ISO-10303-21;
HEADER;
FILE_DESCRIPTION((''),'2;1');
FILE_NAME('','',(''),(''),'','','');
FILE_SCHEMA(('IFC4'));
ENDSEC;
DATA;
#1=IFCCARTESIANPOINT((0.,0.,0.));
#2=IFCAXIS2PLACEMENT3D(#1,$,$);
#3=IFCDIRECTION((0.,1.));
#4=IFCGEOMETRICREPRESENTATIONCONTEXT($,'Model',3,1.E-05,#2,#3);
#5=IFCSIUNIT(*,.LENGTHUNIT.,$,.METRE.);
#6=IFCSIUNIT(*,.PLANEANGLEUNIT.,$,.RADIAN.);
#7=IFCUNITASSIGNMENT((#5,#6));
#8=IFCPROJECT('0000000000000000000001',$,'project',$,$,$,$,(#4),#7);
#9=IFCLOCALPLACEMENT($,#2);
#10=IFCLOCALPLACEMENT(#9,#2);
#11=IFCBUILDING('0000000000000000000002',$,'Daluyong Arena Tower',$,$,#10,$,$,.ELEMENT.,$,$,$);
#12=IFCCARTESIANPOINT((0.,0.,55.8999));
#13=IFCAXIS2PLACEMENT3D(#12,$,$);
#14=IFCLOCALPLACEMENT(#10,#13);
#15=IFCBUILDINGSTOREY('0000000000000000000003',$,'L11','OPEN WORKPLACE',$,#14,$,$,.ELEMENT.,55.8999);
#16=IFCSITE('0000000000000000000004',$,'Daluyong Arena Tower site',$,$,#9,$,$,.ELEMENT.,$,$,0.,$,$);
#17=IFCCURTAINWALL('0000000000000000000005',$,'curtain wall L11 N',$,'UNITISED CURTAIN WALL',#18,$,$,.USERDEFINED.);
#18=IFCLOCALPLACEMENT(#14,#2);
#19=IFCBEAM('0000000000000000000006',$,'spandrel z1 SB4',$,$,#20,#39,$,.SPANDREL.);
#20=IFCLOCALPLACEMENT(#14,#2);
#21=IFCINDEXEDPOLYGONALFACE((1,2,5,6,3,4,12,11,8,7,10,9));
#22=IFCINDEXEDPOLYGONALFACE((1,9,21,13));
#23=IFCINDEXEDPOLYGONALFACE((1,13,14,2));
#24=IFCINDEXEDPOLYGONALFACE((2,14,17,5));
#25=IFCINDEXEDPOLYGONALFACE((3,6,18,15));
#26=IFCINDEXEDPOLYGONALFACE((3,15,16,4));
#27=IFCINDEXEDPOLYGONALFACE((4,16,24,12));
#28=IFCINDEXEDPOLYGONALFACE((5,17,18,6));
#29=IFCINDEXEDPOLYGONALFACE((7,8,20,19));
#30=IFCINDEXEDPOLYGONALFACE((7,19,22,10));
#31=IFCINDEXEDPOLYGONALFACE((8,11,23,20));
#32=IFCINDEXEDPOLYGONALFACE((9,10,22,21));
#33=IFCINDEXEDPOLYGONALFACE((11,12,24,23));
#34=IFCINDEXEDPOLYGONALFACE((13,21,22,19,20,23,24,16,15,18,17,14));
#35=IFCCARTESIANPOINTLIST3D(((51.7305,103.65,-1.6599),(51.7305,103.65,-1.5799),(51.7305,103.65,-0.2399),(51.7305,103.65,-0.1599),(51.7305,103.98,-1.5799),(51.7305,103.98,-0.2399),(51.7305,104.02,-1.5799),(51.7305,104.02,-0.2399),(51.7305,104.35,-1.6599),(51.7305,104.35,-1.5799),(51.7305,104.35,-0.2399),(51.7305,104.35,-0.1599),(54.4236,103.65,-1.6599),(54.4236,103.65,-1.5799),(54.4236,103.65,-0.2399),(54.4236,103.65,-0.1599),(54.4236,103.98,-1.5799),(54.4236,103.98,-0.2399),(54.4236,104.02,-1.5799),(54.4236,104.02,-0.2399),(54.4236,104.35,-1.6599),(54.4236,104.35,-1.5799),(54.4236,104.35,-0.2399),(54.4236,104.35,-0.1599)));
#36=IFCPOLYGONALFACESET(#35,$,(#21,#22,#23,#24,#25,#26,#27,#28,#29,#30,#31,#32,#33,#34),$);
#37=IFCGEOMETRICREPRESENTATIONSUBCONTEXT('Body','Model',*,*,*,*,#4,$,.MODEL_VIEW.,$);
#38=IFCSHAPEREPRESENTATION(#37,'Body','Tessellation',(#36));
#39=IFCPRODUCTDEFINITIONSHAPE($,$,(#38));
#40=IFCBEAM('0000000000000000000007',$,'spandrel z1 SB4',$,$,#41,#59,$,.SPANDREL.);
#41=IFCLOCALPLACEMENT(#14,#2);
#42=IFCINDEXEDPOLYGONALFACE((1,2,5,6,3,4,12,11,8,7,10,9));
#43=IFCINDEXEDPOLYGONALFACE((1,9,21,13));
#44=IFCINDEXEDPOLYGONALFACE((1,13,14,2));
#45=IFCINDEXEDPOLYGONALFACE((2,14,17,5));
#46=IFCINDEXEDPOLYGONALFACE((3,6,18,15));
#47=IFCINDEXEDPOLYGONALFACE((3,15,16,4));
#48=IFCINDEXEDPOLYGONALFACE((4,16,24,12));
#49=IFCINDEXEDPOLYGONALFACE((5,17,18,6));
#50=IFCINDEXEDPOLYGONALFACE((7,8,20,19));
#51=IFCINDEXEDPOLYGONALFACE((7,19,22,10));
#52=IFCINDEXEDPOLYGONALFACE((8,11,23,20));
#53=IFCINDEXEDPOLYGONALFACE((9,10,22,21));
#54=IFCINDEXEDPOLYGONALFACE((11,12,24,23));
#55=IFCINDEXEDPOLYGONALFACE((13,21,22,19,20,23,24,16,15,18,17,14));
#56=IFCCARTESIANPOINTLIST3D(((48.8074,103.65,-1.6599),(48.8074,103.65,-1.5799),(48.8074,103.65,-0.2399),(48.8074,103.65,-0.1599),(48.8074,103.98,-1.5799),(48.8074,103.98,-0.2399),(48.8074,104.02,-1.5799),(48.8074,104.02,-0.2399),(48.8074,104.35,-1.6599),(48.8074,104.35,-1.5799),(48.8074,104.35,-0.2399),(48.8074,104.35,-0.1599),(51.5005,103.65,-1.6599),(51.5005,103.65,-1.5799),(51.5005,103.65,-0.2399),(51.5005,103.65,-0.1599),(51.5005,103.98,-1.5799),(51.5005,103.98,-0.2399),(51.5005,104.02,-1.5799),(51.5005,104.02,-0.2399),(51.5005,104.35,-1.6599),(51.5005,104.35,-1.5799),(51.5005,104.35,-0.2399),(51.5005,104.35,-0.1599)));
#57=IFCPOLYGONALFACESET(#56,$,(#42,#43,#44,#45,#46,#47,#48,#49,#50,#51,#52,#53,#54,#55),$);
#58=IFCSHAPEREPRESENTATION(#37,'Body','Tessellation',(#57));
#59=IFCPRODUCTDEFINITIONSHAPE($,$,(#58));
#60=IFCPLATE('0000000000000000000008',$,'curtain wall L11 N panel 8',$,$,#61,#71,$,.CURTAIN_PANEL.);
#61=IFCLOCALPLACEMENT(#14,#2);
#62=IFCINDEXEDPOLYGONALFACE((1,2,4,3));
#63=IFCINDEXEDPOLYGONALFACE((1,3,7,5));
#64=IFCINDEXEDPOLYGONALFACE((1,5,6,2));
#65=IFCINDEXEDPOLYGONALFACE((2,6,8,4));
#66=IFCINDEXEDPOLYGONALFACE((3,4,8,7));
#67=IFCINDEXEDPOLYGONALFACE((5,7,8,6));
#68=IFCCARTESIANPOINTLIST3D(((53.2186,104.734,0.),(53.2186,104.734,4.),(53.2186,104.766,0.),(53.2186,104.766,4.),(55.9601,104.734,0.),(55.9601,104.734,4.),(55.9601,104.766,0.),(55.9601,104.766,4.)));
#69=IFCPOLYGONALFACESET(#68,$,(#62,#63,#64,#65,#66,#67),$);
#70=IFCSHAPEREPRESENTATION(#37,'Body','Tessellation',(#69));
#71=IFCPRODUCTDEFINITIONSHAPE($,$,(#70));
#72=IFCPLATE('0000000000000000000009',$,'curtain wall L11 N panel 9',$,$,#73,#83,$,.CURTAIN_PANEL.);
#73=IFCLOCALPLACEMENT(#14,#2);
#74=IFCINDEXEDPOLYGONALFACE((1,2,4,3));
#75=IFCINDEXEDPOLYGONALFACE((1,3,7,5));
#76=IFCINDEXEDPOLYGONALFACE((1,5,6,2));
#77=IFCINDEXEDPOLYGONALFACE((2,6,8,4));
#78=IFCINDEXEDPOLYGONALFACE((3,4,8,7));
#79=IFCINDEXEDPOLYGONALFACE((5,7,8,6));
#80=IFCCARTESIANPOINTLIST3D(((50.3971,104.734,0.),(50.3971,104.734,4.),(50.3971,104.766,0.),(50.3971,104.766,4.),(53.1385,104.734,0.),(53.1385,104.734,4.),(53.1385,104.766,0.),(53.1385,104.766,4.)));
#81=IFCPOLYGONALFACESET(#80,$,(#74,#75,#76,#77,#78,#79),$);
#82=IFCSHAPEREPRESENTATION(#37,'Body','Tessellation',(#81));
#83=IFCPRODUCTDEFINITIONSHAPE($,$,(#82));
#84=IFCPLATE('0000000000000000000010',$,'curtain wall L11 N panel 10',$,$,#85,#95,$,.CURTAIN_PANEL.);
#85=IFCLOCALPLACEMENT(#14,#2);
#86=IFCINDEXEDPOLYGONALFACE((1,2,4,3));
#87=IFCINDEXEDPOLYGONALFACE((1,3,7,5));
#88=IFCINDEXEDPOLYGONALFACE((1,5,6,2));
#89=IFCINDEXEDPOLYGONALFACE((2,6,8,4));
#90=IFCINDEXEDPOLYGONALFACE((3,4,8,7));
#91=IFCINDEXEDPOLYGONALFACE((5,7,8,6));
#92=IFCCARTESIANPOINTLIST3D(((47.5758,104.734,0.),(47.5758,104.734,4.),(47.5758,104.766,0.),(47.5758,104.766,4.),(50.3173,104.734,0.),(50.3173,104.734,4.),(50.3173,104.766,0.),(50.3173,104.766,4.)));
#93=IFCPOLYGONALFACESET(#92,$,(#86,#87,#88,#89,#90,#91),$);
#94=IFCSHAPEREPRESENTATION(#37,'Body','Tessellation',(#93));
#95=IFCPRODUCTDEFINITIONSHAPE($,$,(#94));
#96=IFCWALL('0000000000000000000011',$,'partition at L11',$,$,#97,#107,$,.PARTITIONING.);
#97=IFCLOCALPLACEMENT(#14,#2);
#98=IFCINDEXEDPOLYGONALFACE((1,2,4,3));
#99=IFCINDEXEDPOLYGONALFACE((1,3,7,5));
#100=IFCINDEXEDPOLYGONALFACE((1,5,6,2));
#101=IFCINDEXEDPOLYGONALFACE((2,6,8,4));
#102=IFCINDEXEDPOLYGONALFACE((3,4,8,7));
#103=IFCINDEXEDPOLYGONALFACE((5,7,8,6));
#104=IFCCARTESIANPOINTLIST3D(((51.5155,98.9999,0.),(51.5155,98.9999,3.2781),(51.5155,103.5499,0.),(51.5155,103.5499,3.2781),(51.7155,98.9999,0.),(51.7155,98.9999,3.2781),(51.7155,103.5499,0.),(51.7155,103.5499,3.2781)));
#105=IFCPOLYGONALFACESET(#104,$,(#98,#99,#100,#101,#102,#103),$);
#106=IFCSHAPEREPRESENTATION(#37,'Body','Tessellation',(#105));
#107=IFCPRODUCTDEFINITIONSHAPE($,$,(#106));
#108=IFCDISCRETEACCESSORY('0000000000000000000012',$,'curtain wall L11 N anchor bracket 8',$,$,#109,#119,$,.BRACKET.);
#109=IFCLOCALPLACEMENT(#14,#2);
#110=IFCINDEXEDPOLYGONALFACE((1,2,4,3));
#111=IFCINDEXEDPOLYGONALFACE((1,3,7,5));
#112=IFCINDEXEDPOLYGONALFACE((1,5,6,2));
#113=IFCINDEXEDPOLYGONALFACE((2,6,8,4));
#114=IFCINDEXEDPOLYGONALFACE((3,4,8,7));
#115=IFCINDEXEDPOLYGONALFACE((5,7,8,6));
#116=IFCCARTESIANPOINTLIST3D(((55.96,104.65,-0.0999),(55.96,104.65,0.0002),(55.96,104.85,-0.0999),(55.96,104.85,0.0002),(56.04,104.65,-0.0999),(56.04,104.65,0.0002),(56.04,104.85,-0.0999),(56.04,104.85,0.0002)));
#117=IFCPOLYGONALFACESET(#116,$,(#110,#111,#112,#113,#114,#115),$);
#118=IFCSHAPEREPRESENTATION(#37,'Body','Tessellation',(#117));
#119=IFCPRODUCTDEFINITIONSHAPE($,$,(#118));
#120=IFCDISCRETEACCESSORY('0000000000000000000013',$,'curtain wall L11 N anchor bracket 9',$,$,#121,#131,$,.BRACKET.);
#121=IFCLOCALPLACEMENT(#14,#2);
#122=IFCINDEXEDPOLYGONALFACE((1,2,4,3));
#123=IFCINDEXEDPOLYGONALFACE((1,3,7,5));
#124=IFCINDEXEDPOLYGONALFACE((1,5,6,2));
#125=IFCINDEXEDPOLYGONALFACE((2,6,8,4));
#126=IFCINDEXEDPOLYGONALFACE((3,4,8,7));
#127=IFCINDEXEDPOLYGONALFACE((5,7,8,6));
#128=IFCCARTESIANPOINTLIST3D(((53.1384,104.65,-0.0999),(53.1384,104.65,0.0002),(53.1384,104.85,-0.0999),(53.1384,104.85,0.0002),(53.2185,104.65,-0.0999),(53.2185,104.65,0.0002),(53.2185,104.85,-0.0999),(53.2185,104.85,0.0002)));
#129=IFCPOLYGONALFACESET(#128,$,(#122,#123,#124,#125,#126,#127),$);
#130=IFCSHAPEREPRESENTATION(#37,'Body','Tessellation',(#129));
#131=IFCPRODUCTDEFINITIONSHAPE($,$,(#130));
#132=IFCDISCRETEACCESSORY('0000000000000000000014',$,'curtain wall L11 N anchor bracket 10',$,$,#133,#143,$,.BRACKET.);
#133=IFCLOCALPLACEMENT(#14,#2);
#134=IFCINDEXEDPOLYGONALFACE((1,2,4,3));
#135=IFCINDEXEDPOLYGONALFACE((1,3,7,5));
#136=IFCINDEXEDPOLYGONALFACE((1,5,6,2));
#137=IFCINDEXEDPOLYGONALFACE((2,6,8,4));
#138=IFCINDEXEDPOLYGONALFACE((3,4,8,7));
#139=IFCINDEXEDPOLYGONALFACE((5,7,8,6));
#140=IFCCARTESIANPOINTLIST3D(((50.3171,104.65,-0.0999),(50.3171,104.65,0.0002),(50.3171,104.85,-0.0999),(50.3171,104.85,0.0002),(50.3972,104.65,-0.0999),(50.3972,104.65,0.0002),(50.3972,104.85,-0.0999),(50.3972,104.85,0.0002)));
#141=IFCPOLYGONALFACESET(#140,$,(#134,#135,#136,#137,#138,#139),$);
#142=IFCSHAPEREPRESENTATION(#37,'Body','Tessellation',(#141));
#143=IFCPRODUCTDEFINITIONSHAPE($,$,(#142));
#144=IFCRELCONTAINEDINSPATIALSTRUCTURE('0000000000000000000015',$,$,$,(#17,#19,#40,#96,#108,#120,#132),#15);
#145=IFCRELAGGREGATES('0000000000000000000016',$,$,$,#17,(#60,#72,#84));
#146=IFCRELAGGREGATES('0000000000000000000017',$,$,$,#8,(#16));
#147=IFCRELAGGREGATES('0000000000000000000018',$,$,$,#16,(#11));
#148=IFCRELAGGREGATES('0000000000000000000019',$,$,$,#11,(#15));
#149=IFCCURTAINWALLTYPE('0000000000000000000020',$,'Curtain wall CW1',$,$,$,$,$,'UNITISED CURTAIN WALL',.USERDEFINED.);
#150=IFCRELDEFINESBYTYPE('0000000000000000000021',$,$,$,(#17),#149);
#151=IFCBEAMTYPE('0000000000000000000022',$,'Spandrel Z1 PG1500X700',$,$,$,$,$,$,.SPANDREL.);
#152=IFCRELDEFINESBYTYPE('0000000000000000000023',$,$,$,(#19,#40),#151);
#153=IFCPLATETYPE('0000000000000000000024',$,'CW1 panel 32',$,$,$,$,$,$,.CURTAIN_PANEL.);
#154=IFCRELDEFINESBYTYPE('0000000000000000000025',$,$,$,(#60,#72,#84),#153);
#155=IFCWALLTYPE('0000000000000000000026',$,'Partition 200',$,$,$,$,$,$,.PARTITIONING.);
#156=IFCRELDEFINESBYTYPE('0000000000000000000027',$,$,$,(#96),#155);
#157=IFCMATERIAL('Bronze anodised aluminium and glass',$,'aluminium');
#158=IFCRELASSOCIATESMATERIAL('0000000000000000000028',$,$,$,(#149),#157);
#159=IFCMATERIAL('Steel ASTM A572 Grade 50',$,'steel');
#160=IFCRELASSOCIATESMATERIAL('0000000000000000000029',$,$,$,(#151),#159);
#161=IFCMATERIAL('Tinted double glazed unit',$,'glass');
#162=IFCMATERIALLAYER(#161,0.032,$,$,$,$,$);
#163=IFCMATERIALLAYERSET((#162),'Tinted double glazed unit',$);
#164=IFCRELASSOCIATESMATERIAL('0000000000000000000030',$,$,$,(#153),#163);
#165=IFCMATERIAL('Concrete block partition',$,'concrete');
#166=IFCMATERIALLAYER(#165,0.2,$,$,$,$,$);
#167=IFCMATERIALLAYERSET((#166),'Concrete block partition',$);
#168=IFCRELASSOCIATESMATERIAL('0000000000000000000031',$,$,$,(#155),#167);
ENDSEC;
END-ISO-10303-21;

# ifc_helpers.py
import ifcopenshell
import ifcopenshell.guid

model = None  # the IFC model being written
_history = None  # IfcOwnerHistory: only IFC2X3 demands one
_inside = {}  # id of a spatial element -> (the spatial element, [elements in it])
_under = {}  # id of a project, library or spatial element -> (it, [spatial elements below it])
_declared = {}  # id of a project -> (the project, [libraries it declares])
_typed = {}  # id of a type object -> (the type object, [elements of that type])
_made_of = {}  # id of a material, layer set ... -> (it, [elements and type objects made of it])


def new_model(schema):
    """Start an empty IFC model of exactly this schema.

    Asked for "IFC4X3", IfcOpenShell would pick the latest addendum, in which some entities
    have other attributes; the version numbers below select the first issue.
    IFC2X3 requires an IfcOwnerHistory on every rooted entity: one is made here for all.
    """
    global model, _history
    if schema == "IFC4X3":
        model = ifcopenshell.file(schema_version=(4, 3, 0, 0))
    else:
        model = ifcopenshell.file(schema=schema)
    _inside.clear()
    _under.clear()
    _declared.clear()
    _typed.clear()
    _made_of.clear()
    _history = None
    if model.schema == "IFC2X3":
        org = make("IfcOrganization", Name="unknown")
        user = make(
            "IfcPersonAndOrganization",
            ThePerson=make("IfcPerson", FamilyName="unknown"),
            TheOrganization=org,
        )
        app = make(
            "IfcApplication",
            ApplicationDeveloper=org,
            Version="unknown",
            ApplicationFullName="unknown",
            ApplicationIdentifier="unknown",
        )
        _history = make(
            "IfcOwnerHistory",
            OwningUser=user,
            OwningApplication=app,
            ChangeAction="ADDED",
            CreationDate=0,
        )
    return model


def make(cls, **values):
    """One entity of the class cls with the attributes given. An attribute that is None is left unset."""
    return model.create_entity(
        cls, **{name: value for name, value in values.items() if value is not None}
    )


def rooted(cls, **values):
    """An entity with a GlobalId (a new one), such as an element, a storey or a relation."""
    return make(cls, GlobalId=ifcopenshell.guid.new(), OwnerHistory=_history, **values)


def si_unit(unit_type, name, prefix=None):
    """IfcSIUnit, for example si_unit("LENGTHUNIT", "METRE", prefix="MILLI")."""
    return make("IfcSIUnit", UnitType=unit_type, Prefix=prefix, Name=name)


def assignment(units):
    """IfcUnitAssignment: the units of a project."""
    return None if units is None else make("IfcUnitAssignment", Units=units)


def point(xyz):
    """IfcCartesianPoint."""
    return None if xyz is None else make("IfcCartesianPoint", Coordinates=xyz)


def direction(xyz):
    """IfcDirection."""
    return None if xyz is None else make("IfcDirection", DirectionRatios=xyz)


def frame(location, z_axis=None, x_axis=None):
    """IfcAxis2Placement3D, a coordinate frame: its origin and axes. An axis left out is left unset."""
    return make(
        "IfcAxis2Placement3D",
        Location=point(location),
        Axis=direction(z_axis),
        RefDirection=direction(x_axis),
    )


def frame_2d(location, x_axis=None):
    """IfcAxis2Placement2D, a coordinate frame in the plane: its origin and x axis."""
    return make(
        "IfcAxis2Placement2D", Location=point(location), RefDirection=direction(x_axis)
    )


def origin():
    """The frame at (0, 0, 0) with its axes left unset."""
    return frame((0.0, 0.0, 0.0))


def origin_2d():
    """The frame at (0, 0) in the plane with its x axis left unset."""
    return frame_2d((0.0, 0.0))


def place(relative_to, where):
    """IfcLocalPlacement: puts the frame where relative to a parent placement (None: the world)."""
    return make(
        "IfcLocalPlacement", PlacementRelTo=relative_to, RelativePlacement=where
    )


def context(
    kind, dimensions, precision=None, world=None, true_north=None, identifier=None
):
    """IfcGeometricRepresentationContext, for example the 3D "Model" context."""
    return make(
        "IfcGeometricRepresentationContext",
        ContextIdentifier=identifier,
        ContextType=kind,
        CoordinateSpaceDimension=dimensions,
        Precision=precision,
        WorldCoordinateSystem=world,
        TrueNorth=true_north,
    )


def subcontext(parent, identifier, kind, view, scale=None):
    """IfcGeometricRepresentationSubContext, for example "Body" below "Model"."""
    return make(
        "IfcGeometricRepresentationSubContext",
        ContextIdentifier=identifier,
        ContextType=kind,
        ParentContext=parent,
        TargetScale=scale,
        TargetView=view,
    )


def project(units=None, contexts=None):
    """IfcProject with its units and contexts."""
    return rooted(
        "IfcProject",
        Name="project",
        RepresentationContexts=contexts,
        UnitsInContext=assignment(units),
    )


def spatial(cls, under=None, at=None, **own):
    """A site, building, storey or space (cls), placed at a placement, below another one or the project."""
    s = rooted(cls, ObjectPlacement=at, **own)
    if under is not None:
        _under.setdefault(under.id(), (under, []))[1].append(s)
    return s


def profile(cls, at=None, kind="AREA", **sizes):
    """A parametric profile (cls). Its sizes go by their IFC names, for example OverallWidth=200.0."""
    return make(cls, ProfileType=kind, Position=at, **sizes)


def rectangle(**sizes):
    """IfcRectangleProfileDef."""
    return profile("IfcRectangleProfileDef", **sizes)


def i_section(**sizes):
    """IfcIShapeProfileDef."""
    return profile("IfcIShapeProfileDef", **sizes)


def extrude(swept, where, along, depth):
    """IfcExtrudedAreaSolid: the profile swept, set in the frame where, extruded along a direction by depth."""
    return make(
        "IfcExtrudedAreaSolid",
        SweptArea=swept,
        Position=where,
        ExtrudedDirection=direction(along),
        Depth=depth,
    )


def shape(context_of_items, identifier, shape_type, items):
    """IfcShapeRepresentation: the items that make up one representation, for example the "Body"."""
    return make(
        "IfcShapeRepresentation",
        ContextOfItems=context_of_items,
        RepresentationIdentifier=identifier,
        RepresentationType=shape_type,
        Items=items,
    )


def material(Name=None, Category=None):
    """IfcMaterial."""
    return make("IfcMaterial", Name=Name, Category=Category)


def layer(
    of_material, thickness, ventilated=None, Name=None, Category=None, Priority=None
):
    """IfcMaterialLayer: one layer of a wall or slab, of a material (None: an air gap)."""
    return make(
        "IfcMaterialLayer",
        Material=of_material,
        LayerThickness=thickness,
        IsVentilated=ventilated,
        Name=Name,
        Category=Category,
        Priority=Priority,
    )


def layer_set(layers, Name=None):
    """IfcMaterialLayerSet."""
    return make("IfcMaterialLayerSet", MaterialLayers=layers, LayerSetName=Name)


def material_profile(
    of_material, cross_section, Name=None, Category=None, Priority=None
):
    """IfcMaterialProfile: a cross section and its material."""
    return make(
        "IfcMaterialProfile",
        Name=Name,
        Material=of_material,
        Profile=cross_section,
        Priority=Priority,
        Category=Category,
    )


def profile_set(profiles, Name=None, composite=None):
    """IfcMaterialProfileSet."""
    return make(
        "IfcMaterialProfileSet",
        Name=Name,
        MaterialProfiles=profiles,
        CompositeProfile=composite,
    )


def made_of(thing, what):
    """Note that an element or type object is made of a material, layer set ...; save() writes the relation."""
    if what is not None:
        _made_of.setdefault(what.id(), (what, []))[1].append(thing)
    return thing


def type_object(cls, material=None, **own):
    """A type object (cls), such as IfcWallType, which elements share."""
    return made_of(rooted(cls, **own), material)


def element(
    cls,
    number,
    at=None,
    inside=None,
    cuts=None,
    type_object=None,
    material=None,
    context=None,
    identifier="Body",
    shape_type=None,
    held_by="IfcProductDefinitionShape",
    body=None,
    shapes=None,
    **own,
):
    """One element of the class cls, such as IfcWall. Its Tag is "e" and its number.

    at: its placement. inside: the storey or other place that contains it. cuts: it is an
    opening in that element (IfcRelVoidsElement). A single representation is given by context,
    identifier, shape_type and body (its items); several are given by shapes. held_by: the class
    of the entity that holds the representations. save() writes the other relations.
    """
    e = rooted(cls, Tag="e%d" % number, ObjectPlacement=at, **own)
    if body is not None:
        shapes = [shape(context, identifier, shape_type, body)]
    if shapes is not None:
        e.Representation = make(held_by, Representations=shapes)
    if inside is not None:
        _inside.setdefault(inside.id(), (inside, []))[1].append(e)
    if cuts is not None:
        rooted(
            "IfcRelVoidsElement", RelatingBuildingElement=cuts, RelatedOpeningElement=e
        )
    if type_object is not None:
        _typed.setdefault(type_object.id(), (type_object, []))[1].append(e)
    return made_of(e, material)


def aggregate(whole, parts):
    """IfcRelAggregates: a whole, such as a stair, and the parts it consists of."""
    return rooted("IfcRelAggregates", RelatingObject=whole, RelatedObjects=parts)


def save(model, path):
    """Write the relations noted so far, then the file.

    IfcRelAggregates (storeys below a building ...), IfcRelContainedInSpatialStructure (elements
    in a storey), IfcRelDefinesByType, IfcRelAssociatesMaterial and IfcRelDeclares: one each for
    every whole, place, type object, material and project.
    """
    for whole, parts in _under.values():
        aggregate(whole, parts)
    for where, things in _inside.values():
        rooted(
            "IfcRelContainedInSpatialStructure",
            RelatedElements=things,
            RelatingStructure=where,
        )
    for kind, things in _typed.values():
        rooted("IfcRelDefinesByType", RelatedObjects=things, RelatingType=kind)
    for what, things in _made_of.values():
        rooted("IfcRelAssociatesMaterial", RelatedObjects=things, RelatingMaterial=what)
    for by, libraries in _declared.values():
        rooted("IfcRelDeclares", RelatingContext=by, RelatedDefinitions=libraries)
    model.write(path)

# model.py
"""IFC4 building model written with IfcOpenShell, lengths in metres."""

from ifc_helpers import new_model, si_unit, direction, frame, frame_2d, origin, origin_2d, place, context, subcontext, project, spatial, rectangle, i_section, extrude, material, layer, layer_set, material_profile, profile_set, type_object, element, aggregate, save


model = new_model("IFC4")

# Units and contexts
model_context = context("Model", 3, precision=1e-05, world=origin(), true_north=direction((0.0, 1.0)))
body_context = subcontext(model_context, "Body", "Model", "MODEL_VIEW")
ifc_project = project(units=[si_unit("LENGTHUNIT", "METRE"), si_unit("PLANEANGLEUNIT", "RADIAN")], contexts=[model_context])

# Site, building, storey
site_placement = place(None, origin())
site = spatial("IfcSite", under=ifc_project, at=site_placement, Name="Daluyong Arena Tower site", CompositionType="ELEMENT", RefElevation=0.0)
building_placement = place(site_placement, origin())
building = spatial("IfcBuilding", under=site, at=building_placement, Name="Daluyong Arena Tower", CompositionType="ELEMENT")
storey_placement = place(building_placement, frame((0.0, 0.0, 55.8999)))
storey = spatial("IfcBuildingStorey", under=building, at=storey_placement, Name="L11", Description="OPEN WORKPLACE", CompositionType="ELEMENT", Elevation=55.8999)

# Curtain wall
ifc_material_1 = material(Name="Bronze anodised aluminium and glass", Category="aluminium")
curtain_wall_type = type_object("IfcCurtainWallType", Name="Curtain wall CW1", ElementType="UNITISED CURTAIN WALL", PredefinedType="USERDEFINED", material=ifc_material_1)
curtain_wall_placement = place(storey_placement, origin())
curtain_wall = element("IfcCurtainWall", 1, at=curtain_wall_placement, inside=storey, type_object=curtain_wall_type, Name="curtain wall L11 N", ObjectType="UNITISED CURTAIN WALL", PredefinedType="USERDEFINED")

# Beams
ifc_material_2 = material(Name="Steel ASTM A572 Grade 50", Category="steel")
ifc_material_profile_1 = material_profile(ifc_material_2, i_section(OverallWidth=0.7, OverallDepth=1.5, WebThickness=0.04, FlangeThickness=0.08, at=origin_2d()))
ifc_profile_set_1 = profile_set([ifc_material_profile_1], Name="Steel ASTM A572 Grade 50")
beam_type_1 = type_object("IfcBeamType", Name="Spandrel Z1 PG1500X700", PredefinedType="SPANDREL", material=ifc_profile_set_1)
for number, where, z_axis, x_axis, name in (
    (2, (54.4236, 104.0, -0.9099), (-1.0, 0.0, 0.0), (0.0, -1.0, 0.0), "spandrel z1 SB4"),
    (3, (51.5005, 104.0, -0.9099), (-1.0, 0.0, 0.0), (0.0, -1.0, 0.0), "spandrel z1 SB4"),
):
    element("IfcBeam", number, at=place(storey_placement, frame(where, z_axis=z_axis, x_axis=x_axis)), inside=storey, type_object=beam_type_1, Name=name, PredefinedType="SPANDREL", context=body_context, shape_type="SweptSolid", body=[
        extrude(i_section(OverallWidth=0.7, OverallDepth=1.5, WebThickness=0.04, FlangeThickness=0.08, at=origin_2d()), origin(), (0.0, 0.0, 1.0), 2.6931),
    ])

# Plates
ifc_material_3 = material(Name="Tinted double glazed unit", Category="glass")
ifc_layer_1 = layer(ifc_material_3, 0.032)
ifc_layer_set_1 = layer_set([ifc_layer_1], Name="Tinted double glazed unit")
plate_type = type_object("IfcPlateType", Name="CW1 panel 32", PredefinedType="CURTAIN_PANEL", material=ifc_layer_set_1)
plate_1_placement = place(storey_placement, frame((54.5894, 104.75, 0.0), z_axis=(0.0, 0.0, 1.0), x_axis=(-1.0, 0.0, 0.0)))
plate_1 = element("IfcPlate", 4, at=plate_1_placement, type_object=plate_type, Name="curtain wall L11 N panel 8", PredefinedType="CURTAIN_PANEL", context=body_context, shape_type="SweptSolid", body=[
    extrude(rectangle(XDim=2.7415, YDim=0.032, at=origin_2d()), origin(), (0.0, 0.0, 1.0), 4.0),
])
plate_2_placement = place(storey_placement, frame((51.7678, 104.75, 0.0), z_axis=(0.0, 0.0, 1.0), x_axis=(-1.0, 0.0, 0.0)))
plate_2 = element("IfcPlate", 5, at=plate_2_placement, type_object=plate_type, Name="curtain wall L11 N panel 9", PredefinedType="CURTAIN_PANEL", context=body_context, shape_type="SweptSolid", body=[
    extrude(rectangle(XDim=2.7415, YDim=0.032, at=origin_2d()), origin(), (0.0, 0.0, 1.0), 4.0),
])
plate_3_placement = place(storey_placement, frame((48.9465, 104.75, 0.0), z_axis=(0.0, 0.0, 1.0), x_axis=(-1.0, 0.0, 0.0)))
plate_3 = element("IfcPlate", 6, at=plate_3_placement, type_object=plate_type, Name="curtain wall L11 N panel 10", PredefinedType="CURTAIN_PANEL", context=body_context, shape_type="SweptSolid", body=[
    extrude(rectangle(XDim=2.7415, YDim=0.032, at=origin_2d()), origin(), (0.0, 0.0, 1.0), 4.0),
])
aggregate(curtain_wall, [plate_1, plate_2, plate_3])

# Wall
ifc_material_4 = material(Name="Concrete block partition", Category="concrete")
ifc_layer_2 = layer(ifc_material_4, 0.2)
ifc_layer_set_2 = layer_set([ifc_layer_2], Name="Concrete block partition")
wall_type = type_object("IfcWallType", Name="Partition 200", PredefinedType="PARTITIONING", material=ifc_layer_set_2)
wall_placement = place(storey_placement, frame((51.6155, 99.0, 0.0), z_axis=(0.0, 0.0, 1.0), x_axis=(0.0, 1.0, 0.0)))
element("IfcWall", 7, at=wall_placement, inside=storey, type_object=wall_type, Name="partition at L11", PredefinedType="PARTITIONING", context=body_context, shape_type="SweptSolid", body=[
    extrude(rectangle(XDim=4.55, YDim=0.2, at=frame_2d((2.2749, 0.0))), origin(), (0.0, 0.0, 1.0), 3.2781),
])

# Discrete accessories
for number, where, z_axis, x_axis, name in (
    (8, (56.0, 104.75, -0.0999), (0.0, 0.0, 1.0), (-1.0, 0.0, 0.0), "curtain wall L11 N anchor bracket 8"),
    (9, (53.1785, 104.75, -0.0999), (0.0, 0.0, 1.0), (-1.0, 0.0, 0.0), "curtain wall L11 N anchor bracket 9"),
    (10, (50.3572, 104.75, -0.0999), (0.0, 0.0, 1.0), (-1.0, 0.0, 0.0), "curtain wall L11 N anchor bracket 10"),
):
    element("IfcDiscreteAccessory", number, at=place(storey_placement, frame(where, z_axis=z_axis, x_axis=x_axis)), inside=storey, Name=name, PredefinedType="BRACKET", context=body_context, shape_type="SweptSolid", body=[
        extrude(rectangle(XDim=0.0801, YDim=0.2, at=origin_2d()), origin(), (0.0, 0.0, 1.0), 0.1001),
    ])

save(model, "model.ifc")
